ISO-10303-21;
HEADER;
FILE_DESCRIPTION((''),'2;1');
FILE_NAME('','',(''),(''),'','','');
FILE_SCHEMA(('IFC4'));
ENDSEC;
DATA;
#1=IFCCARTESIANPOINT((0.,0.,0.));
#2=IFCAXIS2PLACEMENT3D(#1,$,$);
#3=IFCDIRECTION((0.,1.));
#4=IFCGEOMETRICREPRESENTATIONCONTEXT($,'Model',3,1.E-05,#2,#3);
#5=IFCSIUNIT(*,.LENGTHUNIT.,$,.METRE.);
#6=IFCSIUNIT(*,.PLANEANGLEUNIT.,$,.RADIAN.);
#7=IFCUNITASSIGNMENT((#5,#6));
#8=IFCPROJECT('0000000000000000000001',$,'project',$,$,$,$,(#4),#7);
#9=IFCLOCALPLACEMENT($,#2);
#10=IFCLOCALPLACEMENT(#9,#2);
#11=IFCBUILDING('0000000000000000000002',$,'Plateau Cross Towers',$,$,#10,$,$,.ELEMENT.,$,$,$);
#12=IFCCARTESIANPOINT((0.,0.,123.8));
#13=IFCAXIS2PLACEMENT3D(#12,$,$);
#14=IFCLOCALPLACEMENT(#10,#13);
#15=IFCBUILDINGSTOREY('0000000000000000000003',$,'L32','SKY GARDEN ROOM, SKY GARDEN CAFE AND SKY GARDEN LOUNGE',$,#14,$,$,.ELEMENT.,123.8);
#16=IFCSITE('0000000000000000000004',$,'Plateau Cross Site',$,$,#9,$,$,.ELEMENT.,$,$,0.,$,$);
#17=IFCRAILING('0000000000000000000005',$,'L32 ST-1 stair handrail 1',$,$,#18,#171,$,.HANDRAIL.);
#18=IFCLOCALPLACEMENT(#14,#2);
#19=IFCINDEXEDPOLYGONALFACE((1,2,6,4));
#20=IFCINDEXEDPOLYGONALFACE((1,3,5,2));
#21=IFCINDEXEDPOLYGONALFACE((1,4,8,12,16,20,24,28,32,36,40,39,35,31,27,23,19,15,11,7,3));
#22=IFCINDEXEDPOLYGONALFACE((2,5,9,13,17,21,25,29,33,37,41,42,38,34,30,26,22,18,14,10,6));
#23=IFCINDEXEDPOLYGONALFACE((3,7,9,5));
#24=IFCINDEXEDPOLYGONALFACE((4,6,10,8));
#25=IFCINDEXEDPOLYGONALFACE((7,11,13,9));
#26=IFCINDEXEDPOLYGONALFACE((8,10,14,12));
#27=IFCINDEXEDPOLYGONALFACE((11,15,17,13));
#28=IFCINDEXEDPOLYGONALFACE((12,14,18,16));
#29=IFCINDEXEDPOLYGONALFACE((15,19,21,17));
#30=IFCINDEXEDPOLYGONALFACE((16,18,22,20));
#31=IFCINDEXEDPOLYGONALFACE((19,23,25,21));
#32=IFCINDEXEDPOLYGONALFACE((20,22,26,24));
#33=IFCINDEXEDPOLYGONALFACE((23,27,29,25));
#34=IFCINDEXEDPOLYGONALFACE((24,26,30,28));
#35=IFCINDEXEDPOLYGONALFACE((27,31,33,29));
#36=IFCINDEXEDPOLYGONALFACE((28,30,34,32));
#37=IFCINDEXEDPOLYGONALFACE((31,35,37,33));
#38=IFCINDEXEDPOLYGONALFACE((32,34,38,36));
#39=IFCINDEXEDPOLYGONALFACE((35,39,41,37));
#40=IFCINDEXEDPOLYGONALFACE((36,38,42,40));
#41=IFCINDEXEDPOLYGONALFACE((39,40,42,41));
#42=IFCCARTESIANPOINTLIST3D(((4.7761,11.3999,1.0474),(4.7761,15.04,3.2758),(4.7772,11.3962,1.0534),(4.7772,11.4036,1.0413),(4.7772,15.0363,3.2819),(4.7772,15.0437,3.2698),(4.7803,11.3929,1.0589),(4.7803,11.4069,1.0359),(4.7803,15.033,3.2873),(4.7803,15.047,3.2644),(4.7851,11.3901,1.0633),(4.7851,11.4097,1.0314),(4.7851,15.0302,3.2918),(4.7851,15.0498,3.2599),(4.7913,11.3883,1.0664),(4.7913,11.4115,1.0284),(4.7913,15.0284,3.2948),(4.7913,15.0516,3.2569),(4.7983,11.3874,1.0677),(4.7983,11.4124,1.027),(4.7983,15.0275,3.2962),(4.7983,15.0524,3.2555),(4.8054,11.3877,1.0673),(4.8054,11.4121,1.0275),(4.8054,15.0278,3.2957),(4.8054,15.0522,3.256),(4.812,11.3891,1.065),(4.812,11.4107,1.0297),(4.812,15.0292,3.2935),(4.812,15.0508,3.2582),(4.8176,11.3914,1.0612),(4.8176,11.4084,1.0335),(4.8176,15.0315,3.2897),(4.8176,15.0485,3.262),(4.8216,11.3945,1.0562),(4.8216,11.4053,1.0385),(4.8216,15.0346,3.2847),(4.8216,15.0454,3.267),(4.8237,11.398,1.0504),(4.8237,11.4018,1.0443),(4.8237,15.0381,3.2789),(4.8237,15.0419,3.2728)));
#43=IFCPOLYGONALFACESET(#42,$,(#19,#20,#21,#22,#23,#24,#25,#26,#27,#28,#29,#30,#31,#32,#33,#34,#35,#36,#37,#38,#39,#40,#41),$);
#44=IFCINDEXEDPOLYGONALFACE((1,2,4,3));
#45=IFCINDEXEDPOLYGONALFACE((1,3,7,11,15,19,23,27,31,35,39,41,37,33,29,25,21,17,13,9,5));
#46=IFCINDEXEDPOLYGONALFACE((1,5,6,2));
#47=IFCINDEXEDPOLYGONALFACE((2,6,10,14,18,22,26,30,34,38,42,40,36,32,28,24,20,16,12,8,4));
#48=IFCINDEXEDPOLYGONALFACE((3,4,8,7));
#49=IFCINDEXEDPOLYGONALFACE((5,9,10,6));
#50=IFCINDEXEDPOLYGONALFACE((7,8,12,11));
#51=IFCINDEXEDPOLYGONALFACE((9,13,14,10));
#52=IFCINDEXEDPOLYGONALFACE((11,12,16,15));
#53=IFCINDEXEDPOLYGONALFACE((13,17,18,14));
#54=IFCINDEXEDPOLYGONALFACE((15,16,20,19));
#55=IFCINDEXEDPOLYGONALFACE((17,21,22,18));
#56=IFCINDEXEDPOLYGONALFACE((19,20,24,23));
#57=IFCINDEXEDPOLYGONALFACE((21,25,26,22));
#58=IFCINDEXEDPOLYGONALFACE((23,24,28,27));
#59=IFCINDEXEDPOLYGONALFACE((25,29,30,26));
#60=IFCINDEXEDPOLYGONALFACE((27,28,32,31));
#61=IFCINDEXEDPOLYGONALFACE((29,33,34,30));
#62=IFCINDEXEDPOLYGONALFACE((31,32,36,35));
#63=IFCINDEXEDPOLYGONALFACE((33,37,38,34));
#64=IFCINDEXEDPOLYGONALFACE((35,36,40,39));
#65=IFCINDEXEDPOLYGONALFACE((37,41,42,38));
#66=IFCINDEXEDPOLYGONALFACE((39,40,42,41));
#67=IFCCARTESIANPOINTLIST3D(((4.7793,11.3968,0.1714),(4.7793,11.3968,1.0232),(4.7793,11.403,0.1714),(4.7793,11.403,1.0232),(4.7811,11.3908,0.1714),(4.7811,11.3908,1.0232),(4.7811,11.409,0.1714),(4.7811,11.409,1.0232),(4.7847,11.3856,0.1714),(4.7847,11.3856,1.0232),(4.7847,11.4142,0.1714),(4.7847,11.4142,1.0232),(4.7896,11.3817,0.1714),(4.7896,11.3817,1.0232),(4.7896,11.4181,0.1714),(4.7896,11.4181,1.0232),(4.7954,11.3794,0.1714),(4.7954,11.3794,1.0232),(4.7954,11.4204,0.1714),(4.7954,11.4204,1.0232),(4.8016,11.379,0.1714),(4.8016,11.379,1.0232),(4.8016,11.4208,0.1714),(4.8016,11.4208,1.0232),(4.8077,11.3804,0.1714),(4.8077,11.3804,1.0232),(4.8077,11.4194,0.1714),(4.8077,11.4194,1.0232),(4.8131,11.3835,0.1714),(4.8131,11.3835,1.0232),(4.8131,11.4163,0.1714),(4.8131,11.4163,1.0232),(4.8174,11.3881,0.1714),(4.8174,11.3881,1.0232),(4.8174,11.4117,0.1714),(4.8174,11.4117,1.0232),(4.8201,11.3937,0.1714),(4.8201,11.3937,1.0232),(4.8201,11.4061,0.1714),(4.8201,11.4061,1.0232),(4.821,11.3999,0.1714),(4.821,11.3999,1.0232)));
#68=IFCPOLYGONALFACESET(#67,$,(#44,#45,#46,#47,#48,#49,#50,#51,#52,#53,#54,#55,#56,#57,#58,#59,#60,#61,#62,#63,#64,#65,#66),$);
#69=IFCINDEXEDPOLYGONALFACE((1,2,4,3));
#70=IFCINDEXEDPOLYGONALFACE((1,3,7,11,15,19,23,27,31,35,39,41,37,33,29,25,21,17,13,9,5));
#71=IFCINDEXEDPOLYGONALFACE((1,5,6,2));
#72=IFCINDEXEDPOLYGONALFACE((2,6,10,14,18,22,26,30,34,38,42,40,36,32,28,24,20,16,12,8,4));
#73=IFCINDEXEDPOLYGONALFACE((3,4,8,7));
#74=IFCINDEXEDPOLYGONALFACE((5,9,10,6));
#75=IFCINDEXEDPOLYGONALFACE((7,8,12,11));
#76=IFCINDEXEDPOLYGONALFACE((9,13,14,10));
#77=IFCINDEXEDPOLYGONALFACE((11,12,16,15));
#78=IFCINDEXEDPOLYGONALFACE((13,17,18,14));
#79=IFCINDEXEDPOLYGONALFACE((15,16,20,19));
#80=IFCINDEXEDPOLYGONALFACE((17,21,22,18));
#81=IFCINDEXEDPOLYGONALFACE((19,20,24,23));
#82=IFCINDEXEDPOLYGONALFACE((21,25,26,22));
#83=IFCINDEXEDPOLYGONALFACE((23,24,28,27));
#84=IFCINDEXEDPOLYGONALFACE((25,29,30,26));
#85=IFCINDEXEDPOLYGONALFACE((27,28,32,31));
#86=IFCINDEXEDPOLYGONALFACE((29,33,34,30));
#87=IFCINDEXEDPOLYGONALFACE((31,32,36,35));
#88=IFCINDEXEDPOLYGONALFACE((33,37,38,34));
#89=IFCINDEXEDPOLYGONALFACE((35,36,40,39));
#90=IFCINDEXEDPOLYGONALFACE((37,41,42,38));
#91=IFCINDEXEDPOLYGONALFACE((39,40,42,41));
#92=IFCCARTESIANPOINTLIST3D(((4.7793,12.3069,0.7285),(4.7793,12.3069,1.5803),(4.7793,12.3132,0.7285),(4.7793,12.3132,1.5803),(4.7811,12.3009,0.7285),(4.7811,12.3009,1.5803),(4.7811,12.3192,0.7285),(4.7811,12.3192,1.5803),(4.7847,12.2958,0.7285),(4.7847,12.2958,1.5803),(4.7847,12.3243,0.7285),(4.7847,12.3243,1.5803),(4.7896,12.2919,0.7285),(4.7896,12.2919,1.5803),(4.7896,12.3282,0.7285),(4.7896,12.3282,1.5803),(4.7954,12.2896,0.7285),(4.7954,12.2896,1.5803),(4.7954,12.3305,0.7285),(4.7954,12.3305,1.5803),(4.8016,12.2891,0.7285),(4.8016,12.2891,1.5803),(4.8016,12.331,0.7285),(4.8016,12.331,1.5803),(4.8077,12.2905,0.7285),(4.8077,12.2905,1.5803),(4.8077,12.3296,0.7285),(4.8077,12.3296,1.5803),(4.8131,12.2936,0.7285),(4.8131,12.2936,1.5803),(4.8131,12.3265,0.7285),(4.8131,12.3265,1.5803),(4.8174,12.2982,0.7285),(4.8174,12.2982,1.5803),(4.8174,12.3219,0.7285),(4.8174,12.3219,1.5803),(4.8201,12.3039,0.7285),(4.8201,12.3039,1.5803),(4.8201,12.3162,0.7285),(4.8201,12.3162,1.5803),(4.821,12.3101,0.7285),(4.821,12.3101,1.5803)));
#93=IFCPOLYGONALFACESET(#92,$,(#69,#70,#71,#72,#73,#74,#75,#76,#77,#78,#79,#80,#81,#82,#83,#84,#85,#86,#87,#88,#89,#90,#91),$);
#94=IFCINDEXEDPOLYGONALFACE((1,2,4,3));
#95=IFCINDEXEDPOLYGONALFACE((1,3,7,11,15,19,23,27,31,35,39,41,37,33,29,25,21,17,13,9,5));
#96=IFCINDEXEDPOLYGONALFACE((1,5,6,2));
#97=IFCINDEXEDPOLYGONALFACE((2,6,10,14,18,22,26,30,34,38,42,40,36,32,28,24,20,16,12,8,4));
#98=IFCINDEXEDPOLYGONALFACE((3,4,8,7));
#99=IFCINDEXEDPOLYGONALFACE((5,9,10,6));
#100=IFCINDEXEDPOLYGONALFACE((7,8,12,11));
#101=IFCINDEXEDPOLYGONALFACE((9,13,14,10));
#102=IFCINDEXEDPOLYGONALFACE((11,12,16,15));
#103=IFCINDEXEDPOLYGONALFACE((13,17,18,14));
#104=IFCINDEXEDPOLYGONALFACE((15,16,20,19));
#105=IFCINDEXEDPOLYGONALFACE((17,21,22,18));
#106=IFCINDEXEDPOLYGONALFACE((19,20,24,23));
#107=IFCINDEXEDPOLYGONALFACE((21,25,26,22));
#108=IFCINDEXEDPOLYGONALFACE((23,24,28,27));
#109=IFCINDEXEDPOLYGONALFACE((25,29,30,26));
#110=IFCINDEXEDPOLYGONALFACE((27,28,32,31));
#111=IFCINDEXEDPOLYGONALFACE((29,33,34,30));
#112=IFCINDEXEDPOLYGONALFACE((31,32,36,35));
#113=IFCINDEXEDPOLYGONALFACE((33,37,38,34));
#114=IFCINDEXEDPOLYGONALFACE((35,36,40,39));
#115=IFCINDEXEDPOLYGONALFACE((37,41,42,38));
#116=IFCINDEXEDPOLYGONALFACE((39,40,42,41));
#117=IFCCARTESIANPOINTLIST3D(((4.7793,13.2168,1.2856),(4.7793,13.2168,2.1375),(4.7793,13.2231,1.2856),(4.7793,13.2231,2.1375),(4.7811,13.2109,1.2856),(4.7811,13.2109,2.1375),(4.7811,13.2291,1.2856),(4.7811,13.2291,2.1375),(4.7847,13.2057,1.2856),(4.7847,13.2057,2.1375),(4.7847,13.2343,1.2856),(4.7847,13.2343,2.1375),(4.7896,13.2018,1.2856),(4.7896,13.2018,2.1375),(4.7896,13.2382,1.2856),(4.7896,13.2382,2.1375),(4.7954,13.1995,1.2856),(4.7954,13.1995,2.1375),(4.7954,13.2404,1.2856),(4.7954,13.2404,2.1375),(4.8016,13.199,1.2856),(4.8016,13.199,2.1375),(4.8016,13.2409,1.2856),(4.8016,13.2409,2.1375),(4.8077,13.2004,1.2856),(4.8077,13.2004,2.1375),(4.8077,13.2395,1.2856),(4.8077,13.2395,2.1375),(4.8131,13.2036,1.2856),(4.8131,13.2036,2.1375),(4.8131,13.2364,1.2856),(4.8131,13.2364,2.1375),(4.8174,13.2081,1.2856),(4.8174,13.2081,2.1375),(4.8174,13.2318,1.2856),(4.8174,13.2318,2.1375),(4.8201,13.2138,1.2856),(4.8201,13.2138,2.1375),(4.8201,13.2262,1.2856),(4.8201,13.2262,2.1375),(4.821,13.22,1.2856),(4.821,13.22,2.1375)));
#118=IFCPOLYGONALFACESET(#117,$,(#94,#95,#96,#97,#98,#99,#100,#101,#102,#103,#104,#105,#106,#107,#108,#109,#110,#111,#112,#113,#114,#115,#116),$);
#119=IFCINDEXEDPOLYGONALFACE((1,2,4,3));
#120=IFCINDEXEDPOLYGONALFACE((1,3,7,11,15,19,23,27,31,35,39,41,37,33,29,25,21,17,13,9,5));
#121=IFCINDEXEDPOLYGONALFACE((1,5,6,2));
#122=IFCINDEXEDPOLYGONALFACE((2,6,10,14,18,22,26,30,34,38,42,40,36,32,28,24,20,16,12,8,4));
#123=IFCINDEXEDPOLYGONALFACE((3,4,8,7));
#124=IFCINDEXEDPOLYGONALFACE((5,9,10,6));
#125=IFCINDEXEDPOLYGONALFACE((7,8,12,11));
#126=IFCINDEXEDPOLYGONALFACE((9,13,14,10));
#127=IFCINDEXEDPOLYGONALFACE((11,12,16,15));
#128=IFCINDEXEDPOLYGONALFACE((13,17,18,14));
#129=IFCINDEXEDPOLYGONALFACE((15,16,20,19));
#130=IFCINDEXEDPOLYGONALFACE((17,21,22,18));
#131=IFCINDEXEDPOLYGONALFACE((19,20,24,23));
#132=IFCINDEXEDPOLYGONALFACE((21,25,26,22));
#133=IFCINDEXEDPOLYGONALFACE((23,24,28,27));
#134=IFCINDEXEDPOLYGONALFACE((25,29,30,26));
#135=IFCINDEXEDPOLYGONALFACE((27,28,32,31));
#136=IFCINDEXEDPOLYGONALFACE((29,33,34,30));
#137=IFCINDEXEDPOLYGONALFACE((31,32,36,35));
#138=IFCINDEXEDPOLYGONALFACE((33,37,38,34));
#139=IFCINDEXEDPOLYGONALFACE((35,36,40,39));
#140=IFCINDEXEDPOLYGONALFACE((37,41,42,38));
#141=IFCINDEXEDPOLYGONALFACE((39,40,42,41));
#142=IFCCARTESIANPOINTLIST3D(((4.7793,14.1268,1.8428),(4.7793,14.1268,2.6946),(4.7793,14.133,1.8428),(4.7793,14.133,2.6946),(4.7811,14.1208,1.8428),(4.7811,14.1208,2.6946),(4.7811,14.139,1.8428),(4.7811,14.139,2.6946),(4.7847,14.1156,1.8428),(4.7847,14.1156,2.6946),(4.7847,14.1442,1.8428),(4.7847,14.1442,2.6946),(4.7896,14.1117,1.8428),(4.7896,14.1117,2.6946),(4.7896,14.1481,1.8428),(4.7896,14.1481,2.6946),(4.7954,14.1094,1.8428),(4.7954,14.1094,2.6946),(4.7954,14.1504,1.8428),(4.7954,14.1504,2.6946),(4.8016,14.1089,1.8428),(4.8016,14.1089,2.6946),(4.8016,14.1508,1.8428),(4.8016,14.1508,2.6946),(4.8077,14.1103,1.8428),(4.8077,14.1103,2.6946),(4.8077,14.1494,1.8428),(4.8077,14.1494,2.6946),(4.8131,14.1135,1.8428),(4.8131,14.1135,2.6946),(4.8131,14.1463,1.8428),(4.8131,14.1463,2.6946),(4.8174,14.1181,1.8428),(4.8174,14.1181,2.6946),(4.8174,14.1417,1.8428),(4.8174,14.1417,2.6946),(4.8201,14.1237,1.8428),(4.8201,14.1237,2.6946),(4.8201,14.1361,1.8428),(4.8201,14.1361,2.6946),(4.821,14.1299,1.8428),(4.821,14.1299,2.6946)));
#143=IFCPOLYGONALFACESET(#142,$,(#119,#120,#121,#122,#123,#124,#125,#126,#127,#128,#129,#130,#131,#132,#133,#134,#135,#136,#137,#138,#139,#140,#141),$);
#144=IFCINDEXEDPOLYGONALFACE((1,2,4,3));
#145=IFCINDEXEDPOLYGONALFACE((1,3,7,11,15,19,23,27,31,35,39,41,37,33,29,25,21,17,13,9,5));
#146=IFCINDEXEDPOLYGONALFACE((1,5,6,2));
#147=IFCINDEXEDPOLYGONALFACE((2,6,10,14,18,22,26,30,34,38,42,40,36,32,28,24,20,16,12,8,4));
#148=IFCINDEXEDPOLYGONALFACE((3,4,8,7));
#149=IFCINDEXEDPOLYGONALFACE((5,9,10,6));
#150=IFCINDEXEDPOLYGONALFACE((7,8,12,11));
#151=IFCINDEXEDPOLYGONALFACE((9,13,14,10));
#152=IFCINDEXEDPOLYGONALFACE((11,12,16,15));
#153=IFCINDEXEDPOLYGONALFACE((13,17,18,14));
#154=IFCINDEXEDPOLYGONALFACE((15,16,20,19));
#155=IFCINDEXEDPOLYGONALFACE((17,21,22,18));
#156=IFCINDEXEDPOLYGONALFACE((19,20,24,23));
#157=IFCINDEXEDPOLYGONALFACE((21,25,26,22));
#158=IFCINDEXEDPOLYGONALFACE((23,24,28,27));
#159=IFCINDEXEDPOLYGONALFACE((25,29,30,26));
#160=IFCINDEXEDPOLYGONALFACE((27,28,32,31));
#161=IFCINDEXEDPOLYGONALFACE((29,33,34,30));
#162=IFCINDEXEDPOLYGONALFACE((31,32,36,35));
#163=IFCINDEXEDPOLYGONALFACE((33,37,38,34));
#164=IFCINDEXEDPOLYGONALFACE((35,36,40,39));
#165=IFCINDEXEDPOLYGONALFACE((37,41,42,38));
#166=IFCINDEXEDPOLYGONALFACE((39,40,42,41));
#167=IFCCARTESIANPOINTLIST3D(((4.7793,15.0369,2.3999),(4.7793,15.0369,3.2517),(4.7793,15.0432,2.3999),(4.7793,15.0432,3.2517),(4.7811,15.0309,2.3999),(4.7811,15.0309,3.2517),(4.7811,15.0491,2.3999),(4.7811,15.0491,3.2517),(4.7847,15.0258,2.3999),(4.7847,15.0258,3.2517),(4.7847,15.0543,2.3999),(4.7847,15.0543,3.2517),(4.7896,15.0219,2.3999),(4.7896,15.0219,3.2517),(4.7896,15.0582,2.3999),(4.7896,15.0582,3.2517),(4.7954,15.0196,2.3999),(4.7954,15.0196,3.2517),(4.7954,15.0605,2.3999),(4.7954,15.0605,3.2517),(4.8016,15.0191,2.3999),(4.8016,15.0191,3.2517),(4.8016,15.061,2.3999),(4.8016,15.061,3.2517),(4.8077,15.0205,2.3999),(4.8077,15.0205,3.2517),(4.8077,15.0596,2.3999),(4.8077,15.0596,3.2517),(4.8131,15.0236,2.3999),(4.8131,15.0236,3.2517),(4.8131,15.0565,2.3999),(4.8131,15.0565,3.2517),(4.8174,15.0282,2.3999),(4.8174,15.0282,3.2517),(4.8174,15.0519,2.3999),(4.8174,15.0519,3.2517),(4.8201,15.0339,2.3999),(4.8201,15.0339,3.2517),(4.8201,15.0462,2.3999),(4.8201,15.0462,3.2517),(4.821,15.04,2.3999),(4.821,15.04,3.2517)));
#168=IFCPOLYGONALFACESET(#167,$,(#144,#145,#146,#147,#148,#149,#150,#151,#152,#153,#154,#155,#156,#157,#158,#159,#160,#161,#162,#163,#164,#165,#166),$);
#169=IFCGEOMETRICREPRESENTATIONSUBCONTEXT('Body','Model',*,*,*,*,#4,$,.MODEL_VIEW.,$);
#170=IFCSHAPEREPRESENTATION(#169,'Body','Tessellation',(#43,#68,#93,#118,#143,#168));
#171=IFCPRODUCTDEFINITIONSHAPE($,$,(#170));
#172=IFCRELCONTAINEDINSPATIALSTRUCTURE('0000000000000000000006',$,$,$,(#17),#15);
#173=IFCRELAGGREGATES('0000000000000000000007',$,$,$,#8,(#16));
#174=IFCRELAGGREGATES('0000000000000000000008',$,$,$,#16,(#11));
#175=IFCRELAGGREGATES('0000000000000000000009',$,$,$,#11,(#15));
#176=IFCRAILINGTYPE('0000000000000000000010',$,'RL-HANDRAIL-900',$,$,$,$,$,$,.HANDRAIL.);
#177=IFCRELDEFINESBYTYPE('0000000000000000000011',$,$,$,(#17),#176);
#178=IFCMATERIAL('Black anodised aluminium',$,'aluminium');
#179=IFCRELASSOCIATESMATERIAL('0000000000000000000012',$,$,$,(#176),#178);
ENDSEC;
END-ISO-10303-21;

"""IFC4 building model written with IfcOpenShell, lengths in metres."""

from ifc_helpers import new_model, si_unit, direction, frame, origin, origin_2d, place, context, subcontext, project, spatial, circle, extrude, material, type_object, element, save


model = new_model("IFC4")

# Units and contexts
model_context = context("Model", 3, precision=1e-05, world=origin(), true_north=direction((0.0, 1.0)))
body_context = subcontext(model_context, "Body", "Model", "MODEL_VIEW")
ifc_project = project(units=[si_unit("LENGTHUNIT", "METRE"), si_unit("PLANEANGLEUNIT", "RADIAN")], contexts=[model_context])

# Site, building, storey
site_placement = place(None, origin())
site = spatial("IfcSite", under=ifc_project, at=site_placement, Name="Plateau Cross Site", CompositionType="ELEMENT", RefElevation=0.0)
building_placement = place(site_placement, origin())
building = spatial("IfcBuilding", under=site, at=building_placement, Name="Plateau Cross Towers", CompositionType="ELEMENT")
storey_placement = place(building_placement, frame((0.0, 0.0, 123.8)))
storey = spatial("IfcBuildingStorey", under=building, at=storey_placement, Name="L32", Description="SKY GARDEN ROOM, SKY GARDEN CAFE AND SKY GARDEN LOUNGE", CompositionType="ELEMENT", Elevation=123.8)

# Railing
ifc_material_1 = material(Name="Black anodised aluminium", Category="aluminium")
railing_type_1 = type_object("IfcRailingType", Name="RL-HANDRAIL-900", PredefinedType="HANDRAIL", material=ifc_material_1)
railing_1_placement = place(storey_placement, frame((4.8, 11.3999, 0.1714)))
element("IfcRailing", 1, at=railing_1_placement, inside=storey, type_object=railing_type_1, Name="L32 ST-1 stair handrail 1", PredefinedType="HANDRAIL", context=body_context, shape_type="SweptSolid", body=[
    extrude(circle(Radius=0.0239, at=origin_2d()), frame((0.0, 0.0, 0.876), z_axis=(0.0, 0.852866, 0.52213), x_axis=(-1.0, 0.0, 0.0)), (0.0, 0.0, 1.0), 4.2681),
    extrude(circle(Radius=0.021, at=origin_2d()), origin(), (0.0, 0.0, 1.0), 0.8518),
    extrude(circle(Radius=0.021, at=origin_2d()), frame((0.0, 0.9102, 0.5571)), (0.0, 0.0, 1.0), 0.8518),
    extrude(circle(Radius=0.021, at=origin_2d()), frame((0.0, 1.8201, 1.1143)), (0.0, 0.0, 1.0), 0.8518),
    extrude(circle(Radius=0.021, at=origin_2d()), frame((0.0, 2.73, 1.6714)), (0.0, 0.0, 1.0), 0.8518),
    extrude(circle(Radius=0.021, at=origin_2d()), frame((0.0, 3.6401, 2.2285)), (0.0, 0.0, 1.0), 0.8518),
])

save(model, "model.ifc")
